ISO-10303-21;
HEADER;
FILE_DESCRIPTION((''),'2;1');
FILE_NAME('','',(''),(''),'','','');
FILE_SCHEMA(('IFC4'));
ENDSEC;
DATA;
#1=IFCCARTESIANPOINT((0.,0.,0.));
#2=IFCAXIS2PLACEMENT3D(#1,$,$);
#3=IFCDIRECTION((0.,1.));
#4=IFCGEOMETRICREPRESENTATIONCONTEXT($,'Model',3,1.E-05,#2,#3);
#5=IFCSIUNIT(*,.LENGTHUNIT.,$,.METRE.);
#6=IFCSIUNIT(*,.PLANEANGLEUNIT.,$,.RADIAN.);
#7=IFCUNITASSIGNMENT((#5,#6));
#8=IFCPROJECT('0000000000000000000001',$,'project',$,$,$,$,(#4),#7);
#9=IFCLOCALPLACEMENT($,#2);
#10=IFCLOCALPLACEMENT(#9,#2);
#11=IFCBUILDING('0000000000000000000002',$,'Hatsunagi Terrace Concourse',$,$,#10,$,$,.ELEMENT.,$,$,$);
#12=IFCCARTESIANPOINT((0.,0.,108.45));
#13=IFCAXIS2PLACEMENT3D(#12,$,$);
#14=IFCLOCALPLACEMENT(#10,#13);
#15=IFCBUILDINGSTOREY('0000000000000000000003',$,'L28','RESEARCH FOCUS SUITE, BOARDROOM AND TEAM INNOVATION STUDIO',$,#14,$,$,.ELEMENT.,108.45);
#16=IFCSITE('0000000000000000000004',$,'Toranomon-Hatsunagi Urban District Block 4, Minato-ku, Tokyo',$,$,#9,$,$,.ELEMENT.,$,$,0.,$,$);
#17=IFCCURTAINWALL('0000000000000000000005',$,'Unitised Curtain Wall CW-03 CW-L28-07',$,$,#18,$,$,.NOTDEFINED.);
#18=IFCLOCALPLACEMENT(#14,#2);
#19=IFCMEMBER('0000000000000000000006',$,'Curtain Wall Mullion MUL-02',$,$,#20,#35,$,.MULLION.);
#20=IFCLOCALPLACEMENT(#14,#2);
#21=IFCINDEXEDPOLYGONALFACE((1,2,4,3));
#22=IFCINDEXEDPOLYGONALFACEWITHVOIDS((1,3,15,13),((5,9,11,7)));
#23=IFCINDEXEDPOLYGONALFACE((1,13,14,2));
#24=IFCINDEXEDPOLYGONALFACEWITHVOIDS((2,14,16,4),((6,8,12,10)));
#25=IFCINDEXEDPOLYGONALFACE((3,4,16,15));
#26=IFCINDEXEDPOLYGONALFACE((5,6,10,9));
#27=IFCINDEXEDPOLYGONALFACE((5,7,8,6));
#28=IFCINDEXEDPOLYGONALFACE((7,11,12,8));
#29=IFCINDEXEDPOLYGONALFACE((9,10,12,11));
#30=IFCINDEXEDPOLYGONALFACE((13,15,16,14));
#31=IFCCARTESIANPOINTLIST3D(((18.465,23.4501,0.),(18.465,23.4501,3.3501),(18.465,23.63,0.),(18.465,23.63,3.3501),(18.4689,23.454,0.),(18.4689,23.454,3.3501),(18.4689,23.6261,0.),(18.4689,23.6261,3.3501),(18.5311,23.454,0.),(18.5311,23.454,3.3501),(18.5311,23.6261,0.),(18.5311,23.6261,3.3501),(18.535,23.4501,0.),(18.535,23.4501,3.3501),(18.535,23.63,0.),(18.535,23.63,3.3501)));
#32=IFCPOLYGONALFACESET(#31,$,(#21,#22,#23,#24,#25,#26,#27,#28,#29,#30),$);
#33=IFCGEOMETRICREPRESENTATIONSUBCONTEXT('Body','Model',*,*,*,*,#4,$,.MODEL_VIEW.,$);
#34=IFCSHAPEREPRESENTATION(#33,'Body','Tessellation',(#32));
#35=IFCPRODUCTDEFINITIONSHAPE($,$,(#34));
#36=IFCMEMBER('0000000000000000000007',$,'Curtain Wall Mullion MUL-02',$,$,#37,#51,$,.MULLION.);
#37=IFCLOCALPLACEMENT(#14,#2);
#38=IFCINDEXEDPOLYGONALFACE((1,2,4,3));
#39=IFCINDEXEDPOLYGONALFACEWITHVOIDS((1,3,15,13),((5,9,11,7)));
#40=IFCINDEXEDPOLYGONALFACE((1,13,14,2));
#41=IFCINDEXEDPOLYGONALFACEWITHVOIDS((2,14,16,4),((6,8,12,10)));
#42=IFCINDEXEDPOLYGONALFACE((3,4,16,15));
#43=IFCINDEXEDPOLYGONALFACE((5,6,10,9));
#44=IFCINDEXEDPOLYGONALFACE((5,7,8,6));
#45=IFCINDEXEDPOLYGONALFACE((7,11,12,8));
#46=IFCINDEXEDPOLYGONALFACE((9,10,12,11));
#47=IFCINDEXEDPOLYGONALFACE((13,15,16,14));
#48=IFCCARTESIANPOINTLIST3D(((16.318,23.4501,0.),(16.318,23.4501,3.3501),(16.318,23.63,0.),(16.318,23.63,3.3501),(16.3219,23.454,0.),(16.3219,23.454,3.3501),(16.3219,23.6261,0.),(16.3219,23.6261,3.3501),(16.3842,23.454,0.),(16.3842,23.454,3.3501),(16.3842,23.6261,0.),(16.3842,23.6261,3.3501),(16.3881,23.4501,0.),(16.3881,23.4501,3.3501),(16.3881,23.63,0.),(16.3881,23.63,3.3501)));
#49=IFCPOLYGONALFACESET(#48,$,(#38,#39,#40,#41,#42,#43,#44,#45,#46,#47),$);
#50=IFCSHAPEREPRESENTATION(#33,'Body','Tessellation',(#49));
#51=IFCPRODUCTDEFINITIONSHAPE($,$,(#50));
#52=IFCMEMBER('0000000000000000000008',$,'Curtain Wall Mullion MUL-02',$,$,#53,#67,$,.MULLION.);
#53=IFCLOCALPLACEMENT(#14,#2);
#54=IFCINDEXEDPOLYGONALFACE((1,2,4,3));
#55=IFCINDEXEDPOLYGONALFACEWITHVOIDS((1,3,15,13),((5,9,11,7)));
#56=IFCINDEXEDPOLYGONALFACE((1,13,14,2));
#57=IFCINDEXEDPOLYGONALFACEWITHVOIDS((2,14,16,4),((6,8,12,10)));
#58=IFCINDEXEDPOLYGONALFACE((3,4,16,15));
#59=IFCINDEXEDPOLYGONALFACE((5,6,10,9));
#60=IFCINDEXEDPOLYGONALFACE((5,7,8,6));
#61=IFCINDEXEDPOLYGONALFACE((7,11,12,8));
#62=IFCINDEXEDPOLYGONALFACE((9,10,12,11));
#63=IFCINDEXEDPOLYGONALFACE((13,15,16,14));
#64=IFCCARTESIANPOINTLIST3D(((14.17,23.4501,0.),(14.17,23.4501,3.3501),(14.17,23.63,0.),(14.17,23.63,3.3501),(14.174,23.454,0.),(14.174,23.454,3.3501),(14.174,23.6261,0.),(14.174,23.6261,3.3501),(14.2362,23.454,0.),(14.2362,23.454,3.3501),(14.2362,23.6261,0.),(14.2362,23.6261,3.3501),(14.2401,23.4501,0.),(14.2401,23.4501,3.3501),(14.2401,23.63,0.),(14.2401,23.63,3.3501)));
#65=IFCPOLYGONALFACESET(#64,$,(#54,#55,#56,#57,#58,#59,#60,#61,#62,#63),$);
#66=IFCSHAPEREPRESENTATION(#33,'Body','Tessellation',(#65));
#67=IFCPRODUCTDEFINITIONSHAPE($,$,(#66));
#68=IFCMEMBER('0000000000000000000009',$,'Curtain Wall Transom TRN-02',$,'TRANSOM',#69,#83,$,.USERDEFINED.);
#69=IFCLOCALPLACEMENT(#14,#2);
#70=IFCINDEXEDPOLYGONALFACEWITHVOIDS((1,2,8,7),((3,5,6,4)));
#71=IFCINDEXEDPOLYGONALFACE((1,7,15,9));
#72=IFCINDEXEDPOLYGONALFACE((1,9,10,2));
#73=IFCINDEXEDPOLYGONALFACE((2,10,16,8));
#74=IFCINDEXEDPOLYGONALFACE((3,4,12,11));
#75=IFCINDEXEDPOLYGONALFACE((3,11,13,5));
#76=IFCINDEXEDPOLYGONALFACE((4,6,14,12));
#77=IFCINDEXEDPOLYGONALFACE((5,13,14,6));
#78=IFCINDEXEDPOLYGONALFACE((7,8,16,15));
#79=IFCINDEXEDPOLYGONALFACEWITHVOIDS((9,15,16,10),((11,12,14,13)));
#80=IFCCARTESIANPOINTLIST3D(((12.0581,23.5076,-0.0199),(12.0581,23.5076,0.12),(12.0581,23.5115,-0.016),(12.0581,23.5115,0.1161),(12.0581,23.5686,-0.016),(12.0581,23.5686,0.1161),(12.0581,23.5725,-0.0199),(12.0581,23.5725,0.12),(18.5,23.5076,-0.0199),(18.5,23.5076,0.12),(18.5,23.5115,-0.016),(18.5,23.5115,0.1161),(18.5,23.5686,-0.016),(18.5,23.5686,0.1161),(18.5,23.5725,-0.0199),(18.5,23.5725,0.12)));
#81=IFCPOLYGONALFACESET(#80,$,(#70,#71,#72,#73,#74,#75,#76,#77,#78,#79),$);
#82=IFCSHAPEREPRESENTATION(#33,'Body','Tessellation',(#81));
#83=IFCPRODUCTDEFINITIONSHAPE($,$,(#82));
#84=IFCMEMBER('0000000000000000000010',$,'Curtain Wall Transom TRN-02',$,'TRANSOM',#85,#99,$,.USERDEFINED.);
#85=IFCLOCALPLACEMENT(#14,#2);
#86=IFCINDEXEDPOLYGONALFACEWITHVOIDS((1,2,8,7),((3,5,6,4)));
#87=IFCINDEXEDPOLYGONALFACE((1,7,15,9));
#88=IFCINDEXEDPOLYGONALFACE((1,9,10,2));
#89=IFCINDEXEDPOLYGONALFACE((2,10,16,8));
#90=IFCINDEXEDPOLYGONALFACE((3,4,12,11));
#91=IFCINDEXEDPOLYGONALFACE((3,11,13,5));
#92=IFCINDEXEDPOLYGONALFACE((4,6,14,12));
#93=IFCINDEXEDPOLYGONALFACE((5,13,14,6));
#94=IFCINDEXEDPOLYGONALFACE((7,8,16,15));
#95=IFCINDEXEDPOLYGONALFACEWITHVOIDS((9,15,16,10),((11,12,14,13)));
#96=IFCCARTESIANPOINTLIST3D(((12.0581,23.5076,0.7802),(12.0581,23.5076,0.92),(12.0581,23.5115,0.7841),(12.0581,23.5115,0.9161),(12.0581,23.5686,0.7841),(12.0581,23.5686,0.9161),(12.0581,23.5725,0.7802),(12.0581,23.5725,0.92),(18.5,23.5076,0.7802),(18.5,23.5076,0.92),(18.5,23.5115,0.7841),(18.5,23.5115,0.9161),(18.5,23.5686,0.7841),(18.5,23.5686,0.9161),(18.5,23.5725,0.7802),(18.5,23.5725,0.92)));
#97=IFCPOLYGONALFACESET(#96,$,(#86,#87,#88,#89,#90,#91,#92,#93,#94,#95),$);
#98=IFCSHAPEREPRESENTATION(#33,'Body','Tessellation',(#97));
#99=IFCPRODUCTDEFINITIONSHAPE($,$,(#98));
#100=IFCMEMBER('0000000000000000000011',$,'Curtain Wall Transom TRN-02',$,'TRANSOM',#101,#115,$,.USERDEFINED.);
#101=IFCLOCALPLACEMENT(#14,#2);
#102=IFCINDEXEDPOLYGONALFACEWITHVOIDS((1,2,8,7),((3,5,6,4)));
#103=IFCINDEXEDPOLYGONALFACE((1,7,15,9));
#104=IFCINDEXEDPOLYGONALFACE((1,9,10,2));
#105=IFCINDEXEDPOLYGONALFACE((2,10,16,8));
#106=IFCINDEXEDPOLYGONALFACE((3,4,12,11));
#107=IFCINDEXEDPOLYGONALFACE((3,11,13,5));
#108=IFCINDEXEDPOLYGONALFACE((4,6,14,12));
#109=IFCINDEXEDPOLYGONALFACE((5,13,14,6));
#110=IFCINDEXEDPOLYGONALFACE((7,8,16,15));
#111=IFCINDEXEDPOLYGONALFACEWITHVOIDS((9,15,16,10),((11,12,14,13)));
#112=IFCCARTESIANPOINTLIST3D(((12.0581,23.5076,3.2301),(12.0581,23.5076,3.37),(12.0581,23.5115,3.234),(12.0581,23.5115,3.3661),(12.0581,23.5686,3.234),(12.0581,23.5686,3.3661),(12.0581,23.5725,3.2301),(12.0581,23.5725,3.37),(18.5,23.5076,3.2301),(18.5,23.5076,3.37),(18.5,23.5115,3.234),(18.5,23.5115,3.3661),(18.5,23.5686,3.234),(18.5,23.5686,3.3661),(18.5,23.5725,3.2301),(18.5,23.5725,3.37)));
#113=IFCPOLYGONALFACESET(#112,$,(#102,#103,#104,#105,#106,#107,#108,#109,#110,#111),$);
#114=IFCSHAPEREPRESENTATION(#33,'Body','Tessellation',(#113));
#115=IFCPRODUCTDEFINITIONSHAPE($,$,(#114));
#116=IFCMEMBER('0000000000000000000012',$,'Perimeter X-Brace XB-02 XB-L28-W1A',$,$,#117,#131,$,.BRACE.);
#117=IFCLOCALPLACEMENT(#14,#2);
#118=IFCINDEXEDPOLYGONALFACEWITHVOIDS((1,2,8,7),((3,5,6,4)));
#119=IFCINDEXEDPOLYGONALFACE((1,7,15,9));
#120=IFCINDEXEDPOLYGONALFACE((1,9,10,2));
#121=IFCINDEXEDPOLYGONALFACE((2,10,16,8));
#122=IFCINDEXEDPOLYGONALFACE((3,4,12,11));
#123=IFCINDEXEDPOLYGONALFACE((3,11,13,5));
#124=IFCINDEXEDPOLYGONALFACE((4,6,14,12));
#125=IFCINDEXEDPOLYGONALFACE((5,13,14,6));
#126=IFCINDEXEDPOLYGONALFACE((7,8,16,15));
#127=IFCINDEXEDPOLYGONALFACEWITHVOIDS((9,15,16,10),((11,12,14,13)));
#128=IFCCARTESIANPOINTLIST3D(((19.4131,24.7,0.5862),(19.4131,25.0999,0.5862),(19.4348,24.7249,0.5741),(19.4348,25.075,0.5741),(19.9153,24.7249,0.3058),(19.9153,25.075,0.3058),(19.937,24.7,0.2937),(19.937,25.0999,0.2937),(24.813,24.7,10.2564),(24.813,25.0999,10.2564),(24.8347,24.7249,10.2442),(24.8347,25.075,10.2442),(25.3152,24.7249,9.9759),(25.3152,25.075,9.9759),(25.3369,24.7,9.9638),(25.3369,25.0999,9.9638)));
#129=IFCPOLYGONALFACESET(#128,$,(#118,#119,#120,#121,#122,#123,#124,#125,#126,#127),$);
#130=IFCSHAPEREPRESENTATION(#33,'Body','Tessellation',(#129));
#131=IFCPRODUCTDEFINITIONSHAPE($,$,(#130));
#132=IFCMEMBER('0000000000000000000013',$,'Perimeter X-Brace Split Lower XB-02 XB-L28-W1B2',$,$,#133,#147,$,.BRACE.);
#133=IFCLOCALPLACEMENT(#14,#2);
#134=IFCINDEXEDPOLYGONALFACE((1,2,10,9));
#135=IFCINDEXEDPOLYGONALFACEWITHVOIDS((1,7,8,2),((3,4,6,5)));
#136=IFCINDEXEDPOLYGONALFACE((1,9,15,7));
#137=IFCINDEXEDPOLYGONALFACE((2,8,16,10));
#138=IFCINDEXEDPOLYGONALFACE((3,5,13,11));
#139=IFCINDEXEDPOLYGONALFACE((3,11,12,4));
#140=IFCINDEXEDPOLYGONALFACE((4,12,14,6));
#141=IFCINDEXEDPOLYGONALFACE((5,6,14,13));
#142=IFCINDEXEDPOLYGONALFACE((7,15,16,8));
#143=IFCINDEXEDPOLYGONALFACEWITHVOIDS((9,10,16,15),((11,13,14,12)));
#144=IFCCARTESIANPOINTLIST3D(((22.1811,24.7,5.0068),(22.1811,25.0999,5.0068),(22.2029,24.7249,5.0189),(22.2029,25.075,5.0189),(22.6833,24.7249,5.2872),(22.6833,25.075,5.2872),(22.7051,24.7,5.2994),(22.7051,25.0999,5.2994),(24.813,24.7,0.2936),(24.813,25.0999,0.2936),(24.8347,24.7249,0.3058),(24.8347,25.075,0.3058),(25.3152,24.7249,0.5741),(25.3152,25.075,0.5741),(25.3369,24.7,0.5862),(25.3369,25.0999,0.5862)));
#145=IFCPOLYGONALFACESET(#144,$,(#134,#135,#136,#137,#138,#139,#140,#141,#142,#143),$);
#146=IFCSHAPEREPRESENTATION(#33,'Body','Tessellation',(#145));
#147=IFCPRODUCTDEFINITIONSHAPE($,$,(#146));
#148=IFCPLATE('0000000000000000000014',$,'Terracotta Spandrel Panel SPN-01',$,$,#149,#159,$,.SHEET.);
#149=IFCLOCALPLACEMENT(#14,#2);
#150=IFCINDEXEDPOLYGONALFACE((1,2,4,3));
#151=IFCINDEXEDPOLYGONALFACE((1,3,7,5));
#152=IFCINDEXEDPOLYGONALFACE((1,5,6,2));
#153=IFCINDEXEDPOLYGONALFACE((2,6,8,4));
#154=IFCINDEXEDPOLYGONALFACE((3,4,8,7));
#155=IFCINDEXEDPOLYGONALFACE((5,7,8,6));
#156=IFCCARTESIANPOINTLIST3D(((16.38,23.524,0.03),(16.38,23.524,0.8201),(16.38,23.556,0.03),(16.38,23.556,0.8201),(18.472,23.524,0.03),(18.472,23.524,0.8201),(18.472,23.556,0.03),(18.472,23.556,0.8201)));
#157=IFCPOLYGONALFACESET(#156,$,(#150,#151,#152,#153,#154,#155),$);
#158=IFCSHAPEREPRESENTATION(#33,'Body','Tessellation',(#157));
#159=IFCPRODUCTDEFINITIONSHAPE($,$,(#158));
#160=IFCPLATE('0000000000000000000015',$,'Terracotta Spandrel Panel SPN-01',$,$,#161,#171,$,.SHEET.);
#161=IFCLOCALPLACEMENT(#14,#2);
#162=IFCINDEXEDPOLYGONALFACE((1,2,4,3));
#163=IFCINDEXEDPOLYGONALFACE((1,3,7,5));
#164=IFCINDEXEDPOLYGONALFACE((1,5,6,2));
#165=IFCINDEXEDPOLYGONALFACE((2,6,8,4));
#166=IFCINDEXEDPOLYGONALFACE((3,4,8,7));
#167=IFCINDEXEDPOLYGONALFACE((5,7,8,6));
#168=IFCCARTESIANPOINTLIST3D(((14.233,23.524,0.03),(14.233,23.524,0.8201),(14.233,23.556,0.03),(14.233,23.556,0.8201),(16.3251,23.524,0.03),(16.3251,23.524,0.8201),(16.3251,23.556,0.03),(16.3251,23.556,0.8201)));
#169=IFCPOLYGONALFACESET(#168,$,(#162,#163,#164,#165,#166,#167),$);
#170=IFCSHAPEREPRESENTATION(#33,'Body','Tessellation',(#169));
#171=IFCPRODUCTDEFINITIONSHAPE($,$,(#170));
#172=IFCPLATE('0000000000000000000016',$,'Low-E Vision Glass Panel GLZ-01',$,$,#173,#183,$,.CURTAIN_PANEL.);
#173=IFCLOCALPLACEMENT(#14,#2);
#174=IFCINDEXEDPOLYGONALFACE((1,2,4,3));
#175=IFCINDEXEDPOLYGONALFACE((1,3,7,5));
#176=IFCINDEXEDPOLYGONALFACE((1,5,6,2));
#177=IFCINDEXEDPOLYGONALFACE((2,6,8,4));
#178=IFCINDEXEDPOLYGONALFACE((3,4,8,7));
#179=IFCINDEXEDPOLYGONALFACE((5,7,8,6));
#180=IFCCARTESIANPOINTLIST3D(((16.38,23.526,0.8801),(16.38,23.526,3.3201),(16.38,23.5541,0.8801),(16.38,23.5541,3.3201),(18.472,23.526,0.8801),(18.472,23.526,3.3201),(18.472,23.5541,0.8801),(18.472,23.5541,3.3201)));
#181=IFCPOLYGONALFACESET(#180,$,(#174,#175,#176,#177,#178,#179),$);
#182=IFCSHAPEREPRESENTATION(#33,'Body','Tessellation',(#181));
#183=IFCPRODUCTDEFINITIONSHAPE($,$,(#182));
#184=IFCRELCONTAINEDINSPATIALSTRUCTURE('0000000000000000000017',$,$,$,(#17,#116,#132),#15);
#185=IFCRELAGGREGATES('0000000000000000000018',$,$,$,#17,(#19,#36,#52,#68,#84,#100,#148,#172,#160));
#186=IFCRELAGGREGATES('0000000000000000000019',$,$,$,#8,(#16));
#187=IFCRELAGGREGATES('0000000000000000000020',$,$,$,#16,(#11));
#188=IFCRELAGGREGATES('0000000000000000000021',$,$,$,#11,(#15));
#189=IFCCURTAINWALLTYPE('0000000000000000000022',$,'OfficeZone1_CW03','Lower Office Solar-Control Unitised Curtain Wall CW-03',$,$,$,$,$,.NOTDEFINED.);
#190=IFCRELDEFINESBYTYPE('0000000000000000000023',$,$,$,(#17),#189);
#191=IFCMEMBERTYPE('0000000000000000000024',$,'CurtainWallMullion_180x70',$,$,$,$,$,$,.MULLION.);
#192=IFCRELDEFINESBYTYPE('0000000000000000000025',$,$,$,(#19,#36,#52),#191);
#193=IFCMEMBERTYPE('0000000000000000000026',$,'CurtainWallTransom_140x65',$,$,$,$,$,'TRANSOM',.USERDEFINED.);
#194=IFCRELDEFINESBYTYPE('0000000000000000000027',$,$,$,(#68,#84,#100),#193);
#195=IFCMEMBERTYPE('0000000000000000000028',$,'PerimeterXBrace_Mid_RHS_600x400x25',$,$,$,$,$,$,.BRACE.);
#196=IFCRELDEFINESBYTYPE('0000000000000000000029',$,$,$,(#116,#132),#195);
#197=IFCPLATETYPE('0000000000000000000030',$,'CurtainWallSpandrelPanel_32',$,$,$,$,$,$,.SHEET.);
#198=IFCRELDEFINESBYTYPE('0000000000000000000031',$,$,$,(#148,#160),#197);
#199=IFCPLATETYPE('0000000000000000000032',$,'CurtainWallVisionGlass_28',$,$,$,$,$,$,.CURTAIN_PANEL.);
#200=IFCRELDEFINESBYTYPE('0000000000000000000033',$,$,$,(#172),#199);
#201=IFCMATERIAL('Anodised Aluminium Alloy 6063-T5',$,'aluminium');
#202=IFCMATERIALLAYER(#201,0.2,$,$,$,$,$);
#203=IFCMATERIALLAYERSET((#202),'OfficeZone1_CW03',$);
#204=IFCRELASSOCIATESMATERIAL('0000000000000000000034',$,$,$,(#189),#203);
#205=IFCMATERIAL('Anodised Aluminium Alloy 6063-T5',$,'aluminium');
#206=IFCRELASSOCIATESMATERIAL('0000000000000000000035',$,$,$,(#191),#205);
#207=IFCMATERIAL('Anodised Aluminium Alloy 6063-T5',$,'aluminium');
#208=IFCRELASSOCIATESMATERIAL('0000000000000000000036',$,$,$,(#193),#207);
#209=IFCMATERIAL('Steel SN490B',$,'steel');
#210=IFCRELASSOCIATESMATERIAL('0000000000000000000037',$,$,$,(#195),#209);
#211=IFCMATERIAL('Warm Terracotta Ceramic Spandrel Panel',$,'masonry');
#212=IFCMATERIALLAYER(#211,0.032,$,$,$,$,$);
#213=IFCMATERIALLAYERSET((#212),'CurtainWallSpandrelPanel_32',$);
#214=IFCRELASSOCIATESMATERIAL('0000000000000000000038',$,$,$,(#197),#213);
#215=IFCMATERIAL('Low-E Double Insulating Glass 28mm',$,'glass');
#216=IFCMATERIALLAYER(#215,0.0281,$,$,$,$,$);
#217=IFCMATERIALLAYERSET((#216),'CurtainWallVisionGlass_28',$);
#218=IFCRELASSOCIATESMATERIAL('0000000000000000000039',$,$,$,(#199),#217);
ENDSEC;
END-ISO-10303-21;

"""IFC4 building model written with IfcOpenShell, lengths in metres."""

from ifc_helpers import new_model, si_unit, direction, frame, origin, origin_2d, place, context, subcontext, project, spatial, rectangle, hollow_rectangle, extrude, material, layer, layer_set, material_profile, profile_set, type_object, element, aggregate, save


model = new_model("IFC4")

# Units and contexts
model_context = context("Model", 3, precision=1e-05, world=origin(), true_north=direction((0.0, 1.0)))
body_context = subcontext(model_context, "Body", "Model", "MODEL_VIEW")
ifc_project = project(units=[si_unit("LENGTHUNIT", "METRE"), si_unit("PLANEANGLEUNIT", "RADIAN")], contexts=[model_context])

# Site, building, storey
site_placement = place(None, origin())
site = spatial("IfcSite", under=ifc_project, at=site_placement, Name="Toranomon-Hatsunagi Urban District Block 4, Minato-ku, Tokyo", CompositionType="ELEMENT", RefElevation=0.0)
building_placement = place(site_placement, origin())
building = spatial("IfcBuilding", under=site, at=building_placement, Name="Hatsunagi Terrace Concourse", CompositionType="ELEMENT")
storey_placement = place(building_placement, frame((0.0, 0.0, 108.45)))
storey = spatial("IfcBuildingStorey", under=building, at=storey_placement, Name="L28", Description="RESEARCH FOCUS SUITE, BOARDROOM AND TEAM INNOVATION STUDIO", CompositionType="ELEMENT", Elevation=108.45)

# Curtain wall, members
ifc_material_1 = material(Name="Anodised Aluminium Alloy 6063-T5", Category="aluminium")
ifc_layer_1 = layer(ifc_material_1, 0.2)
ifc_layer_set_1 = layer_set([ifc_layer_1], Name="OfficeZone1_CW03")
curtain_wall_type = type_object("IfcCurtainWallType", Name="OfficeZone1_CW03", Description="Lower Office Solar-Control Unitised Curtain Wall CW-03", PredefinedType="NOTDEFINED", material=ifc_layer_set_1)
curtain_wall_placement = place(storey_placement, origin())
curtain_wall = element("IfcCurtainWall", 1, at=curtain_wall_placement, inside=storey, type_object=curtain_wall_type, Name="Unitised Curtain Wall CW-03 CW-L28-07", PredefinedType="NOTDEFINED")
ifc_material_2 = material(Name="Anodised Aluminium Alloy 6063-T5", Category="aluminium")
ifc_material_profile_1 = material_profile(ifc_material_2, hollow_rectangle(XDim=0.0701, YDim=0.1799, WallThickness=0.0039, at=origin_2d()), Name="ALU-MUL-180x70x4")
ifc_profile_set_1 = profile_set([ifc_material_profile_1], Name="Anodised Aluminium Alloy 6063-T5")
member_type_1 = type_object("IfcMemberType", Name="CurtainWallMullion_180x70", PredefinedType="MULLION", material=ifc_profile_set_1)
member_1_placement = place(storey_placement, frame((18.5, 23.54, 0.0), z_axis=(0.0, 0.0, 1.0), x_axis=(-1.0, 0.0, 0.0)))
member_1 = element("IfcMember", 2, at=member_1_placement, type_object=member_type_1, Name="Curtain Wall Mullion MUL-02", PredefinedType="MULLION", context=body_context, shape_type="SweptSolid", body=[
    extrude(hollow_rectangle(XDim=0.0701, YDim=0.1799, WallThickness=0.0039, at=origin_2d()), origin(), (0.0, 0.0, 1.0), 3.3501),
])
member_2_placement = place(storey_placement, frame((16.353, 23.54, 0.0), z_axis=(0.0, 0.0, 1.0), x_axis=(-1.0, 0.0, 0.0)))
member_2 = element("IfcMember", 3, at=member_2_placement, type_object=member_type_1, Name="Curtain Wall Mullion MUL-02", PredefinedType="MULLION", context=body_context, shape_type="SweptSolid", body=[
    extrude(hollow_rectangle(XDim=0.0701, YDim=0.1799, WallThickness=0.0039, at=origin_2d()), origin(), (0.0, 0.0, 1.0), 3.3501),
])
member_3_placement = place(storey_placement, frame((14.2051, 23.54, 0.0), z_axis=(0.0, 0.0, 1.0), x_axis=(-1.0, 0.0, 0.0)))
member_3 = element("IfcMember", 4, at=member_3_placement, type_object=member_type_1, Name="Curtain Wall Mullion MUL-02", PredefinedType="MULLION", context=body_context, shape_type="SweptSolid", body=[
    extrude(hollow_rectangle(XDim=0.0701, YDim=0.1799, WallThickness=0.0039, at=origin_2d()), origin(), (0.0, 0.0, 1.0), 3.3501),
])
ifc_material_3 = material(Name="Anodised Aluminium Alloy 6063-T5", Category="aluminium")
ifc_material_profile_2 = material_profile(ifc_material_3, hollow_rectangle(XDim=0.0649, YDim=0.1399, WallThickness=0.0039, at=origin_2d()), Name="ALU-TRN-140x65x4")
ifc_profile_set_2 = profile_set([ifc_material_profile_2], Name="Anodised Aluminium Alloy 6063-T5")
member_type_2 = type_object("IfcMemberType", Name="CurtainWallTransom_140x65", ElementType="TRANSOM", PredefinedType="USERDEFINED", material=ifc_profile_set_2)
member_4_placement = place(storey_placement, frame((18.5, 23.54, 0.05), z_axis=(-1.0, 0.0, 0.0), x_axis=(0.0, -1.0, 0.0)))
member_4 = element("IfcMember", 5, at=member_4_placement, type_object=member_type_2, Name="Curtain Wall Transom TRN-02", ObjectType="TRANSOM", PredefinedType="USERDEFINED", context=body_context, shape_type="SweptSolid", body=[
    extrude(hollow_rectangle(XDim=0.0649, YDim=0.1399, WallThickness=0.0039, at=origin_2d()), origin(), (0.0, 0.0, 1.0), 6.4419),
])
member_5_placement = place(storey_placement, frame((18.5, 23.54, 0.8501), z_axis=(-1.0, 0.0, 0.0), x_axis=(0.0, -1.0, 0.0)))
member_5 = element("IfcMember", 6, at=member_5_placement, type_object=member_type_2, Name="Curtain Wall Transom TRN-02", ObjectType="TRANSOM", PredefinedType="USERDEFINED", context=body_context, shape_type="SweptSolid", body=[
    extrude(hollow_rectangle(XDim=0.0649, YDim=0.1399, WallThickness=0.0039, at=origin_2d()), origin(), (0.0, 0.0, 1.0), 6.4419),
])
member_6_placement = place(storey_placement, frame((18.5, 23.54, 3.3), z_axis=(-1.0, 0.0, 0.0), x_axis=(0.0, -1.0, 0.0)))
member_6 = element("IfcMember", 7, at=member_6_placement, type_object=member_type_2, Name="Curtain Wall Transom TRN-02", ObjectType="TRANSOM", PredefinedType="USERDEFINED", context=body_context, shape_type="SweptSolid", body=[
    extrude(hollow_rectangle(XDim=0.0649, YDim=0.1399, WallThickness=0.0039, at=origin_2d()), origin(), (0.0, 0.0, 1.0), 6.4419),
])

# Members
ifc_material_4 = material(Name="Steel SN490B", Category="steel")
ifc_material_profile_3 = material_profile(ifc_material_4, hollow_rectangle(XDim=0.3999, YDim=0.6001, WallThickness=0.0249, at=origin_2d()), Name="RHS-600x400x25")
ifc_profile_set_3 = profile_set([ifc_material_profile_3], Name="Steel SN490B")
member_type_3 = type_object("IfcMemberType", Name="PerimeterXBrace_Mid_RHS_600x400x25", PredefinedType="BRACE", material=ifc_profile_set_3)
member_7_placement = place(storey_placement, frame((19.675, 24.8999, 0.4399), z_axis=(0.487545, 0.0, 0.873098), x_axis=(0.0, 1.0, 0.0)))
element("IfcMember", 8, at=member_7_placement, inside=storey, type_object=member_type_3, Name="Perimeter X-Brace XB-02 XB-L28-W1A", PredefinedType="BRACE", context=body_context, shape_type="SweptSolid", body=[
    extrude(hollow_rectangle(XDim=0.3999, YDim=0.6001, WallThickness=0.0249, at=origin_2d()), origin(), (0.0, 0.0, 1.0), 11.0757),
])
member_8_placement = place(storey_placement, frame((22.4431, 24.8999, 5.1531), z_axis=(0.487543, 0.0, -0.873099), x_axis=(0.0, 1.0, 0.0)))
element("IfcMember", 9, at=member_8_placement, inside=storey, type_object=member_type_3, Name="Perimeter X-Brace Split Lower XB-02 XB-L28-W1B2", PredefinedType="BRACE", context=body_context, shape_type="SweptSolid", body=[
    extrude(hollow_rectangle(XDim=0.3999, YDim=0.6001, WallThickness=0.0249, at=origin_2d()), origin(), (0.0, 0.0, 1.0), 5.3982),
])

# Plates
ifc_material_5 = material(Name="Warm Terracotta Ceramic Spandrel Panel", Category="masonry")
ifc_layer_2 = layer(ifc_material_5, 0.032)
ifc_layer_set_2 = layer_set([ifc_layer_2], Name="CurtainWallSpandrelPanel_32")
plate_type_1 = type_object("IfcPlateType", Name="CurtainWallSpandrelPanel_32", PredefinedType="SHEET", material=ifc_layer_set_2)
plate_1_placement = place(storey_placement, frame((17.426, 23.54, 0.03), z_axis=(0.0, 0.0, 1.0), x_axis=(-1.0, 0.0, 0.0)))
plate_1 = element("IfcPlate", 10, at=plate_1_placement, type_object=plate_type_1, Name="Terracotta Spandrel Panel SPN-01", PredefinedType="SHEET", context=body_context, shape_type="SweptSolid", body=[
    extrude(rectangle(XDim=2.092, YDim=0.032, at=origin_2d()), origin(), (0.0, 0.0, 1.0), 0.79),
])
plate_2_placement = place(storey_placement, frame((15.2791, 23.54, 0.03), z_axis=(0.0, 0.0, 1.0), x_axis=(-1.0, 0.0, 0.0)))
plate_2 = element("IfcPlate", 11, at=plate_2_placement, type_object=plate_type_1, Name="Terracotta Spandrel Panel SPN-01", PredefinedType="SHEET", context=body_context, shape_type="SweptSolid", body=[
    extrude(rectangle(XDim=2.092, YDim=0.032, at=origin_2d()), origin(), (0.0, 0.0, 1.0), 0.79),
])
ifc_material_6 = material(Name="Low-E Double Insulating Glass 28mm", Category="glass")
ifc_layer_3 = layer(ifc_material_6, 0.0281)
ifc_layer_set_3 = layer_set([ifc_layer_3], Name="CurtainWallVisionGlass_28")
plate_type_2 = type_object("IfcPlateType", Name="CurtainWallVisionGlass_28", PredefinedType="CURTAIN_PANEL", material=ifc_layer_set_3)
plate_3_placement = place(storey_placement, frame((17.426, 23.54, 0.8801), z_axis=(0.0, 0.0, 1.0), x_axis=(-1.0, 0.0, 0.0)))
plate_3 = element("IfcPlate", 12, at=plate_3_placement, type_object=plate_type_2, Name="Low-E Vision Glass Panel GLZ-01", PredefinedType="CURTAIN_PANEL", context=body_context, shape_type="SweptSolid", body=[
    extrude(rectangle(XDim=2.092, YDim=0.0281, at=origin_2d()), origin(), (0.0, 0.0, 1.0), 2.4399),
])
aggregate(curtain_wall, [member_1, member_2, member_3, member_4, member_5, member_6, plate_1, plate_3, plate_2])

save(model, "model.ifc")
